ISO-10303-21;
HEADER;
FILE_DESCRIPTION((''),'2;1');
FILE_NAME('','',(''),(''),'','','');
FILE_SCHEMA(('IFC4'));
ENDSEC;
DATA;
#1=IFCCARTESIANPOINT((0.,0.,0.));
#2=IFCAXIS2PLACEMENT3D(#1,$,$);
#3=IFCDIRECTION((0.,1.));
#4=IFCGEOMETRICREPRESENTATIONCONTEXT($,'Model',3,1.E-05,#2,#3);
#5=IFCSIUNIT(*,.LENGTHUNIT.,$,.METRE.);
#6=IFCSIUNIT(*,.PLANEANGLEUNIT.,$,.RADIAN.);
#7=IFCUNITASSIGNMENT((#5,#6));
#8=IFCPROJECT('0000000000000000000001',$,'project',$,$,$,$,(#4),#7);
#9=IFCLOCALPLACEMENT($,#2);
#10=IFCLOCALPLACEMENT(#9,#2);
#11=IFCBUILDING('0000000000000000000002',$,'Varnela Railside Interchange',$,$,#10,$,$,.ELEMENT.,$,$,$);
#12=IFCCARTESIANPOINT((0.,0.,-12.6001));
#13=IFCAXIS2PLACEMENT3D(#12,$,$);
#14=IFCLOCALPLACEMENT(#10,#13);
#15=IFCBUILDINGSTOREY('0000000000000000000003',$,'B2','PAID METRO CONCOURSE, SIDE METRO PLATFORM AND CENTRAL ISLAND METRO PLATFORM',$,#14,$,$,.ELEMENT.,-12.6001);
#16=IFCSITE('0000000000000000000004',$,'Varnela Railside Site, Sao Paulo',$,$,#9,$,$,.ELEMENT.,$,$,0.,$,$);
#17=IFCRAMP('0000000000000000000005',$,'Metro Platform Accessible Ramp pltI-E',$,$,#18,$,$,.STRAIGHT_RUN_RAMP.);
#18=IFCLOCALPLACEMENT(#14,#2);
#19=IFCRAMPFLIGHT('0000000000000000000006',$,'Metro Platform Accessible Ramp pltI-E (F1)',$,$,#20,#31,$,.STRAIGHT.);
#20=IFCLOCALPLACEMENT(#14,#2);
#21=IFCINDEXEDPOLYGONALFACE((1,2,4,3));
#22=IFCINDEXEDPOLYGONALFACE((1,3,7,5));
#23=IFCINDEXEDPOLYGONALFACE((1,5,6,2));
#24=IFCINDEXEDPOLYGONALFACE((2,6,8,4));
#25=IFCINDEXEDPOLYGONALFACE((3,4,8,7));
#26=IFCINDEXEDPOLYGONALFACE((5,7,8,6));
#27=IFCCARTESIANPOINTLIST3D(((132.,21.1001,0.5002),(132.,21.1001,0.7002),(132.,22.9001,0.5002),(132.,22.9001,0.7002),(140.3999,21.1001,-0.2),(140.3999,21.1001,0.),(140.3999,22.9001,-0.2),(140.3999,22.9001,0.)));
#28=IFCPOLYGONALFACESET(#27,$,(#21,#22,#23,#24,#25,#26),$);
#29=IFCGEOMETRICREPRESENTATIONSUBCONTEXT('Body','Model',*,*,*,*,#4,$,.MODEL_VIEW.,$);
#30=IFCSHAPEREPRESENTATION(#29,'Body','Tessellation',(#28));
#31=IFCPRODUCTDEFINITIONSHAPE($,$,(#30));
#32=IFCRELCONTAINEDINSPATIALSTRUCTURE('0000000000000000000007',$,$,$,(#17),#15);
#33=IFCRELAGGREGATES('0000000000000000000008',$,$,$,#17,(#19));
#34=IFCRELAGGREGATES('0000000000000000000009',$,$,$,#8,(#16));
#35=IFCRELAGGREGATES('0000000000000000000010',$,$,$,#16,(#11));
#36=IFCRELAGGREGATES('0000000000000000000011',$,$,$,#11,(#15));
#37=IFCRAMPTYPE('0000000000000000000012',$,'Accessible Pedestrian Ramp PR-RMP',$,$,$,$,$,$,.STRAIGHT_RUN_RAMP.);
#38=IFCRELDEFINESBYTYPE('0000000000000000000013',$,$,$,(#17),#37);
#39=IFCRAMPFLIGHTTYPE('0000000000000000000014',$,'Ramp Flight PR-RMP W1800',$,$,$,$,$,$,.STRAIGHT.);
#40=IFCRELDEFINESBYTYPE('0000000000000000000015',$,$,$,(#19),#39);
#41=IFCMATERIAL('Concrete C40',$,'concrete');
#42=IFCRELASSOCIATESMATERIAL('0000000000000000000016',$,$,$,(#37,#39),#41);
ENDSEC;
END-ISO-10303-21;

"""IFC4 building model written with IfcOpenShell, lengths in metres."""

from ifc_helpers import new_model, si_unit, direction, frame, origin, place, context, subcontext, project, spatial, polyline, outline, extrude, material, type_object, element, aggregate, save


model = new_model("IFC4")

# Units and contexts
model_context = context("Model", 3, precision=1e-05, world=origin(), true_north=direction((0.0, 1.0)))
body_context = subcontext(model_context, "Body", "Model", "MODEL_VIEW")
ifc_project = project(units=[si_unit("LENGTHUNIT", "METRE"), si_unit("PLANEANGLEUNIT", "RADIAN")], contexts=[model_context])

# Site, building, storey
site_placement = place(None, origin())
site = spatial("IfcSite", under=ifc_project, at=site_placement, Name="Varnela Railside Site, Sao Paulo", CompositionType="ELEMENT", RefElevation=0.0)
building_placement = place(site_placement, origin())
building = spatial("IfcBuilding", under=site, at=building_placement, Name="Varnela Railside Interchange", CompositionType="ELEMENT")
storey_placement = place(building_placement, frame((0.0, 0.0, -12.6001)))
storey = spatial("IfcBuildingStorey", under=building, at=storey_placement, Name="B2", Description="PAID METRO CONCOURSE, SIDE METRO PLATFORM AND CENTRAL ISLAND METRO PLATFORM", CompositionType="ELEMENT", Elevation=-12.6001)

# Shared definitions
ifc_material_1 = material(Name="Concrete C40", Category="concrete")

# Ramp, ramp flight
ramp_type = type_object("IfcRampType", Name="Accessible Pedestrian Ramp PR-RMP", PredefinedType="STRAIGHT_RUN_RAMP", material=ifc_material_1)
ramp_placement = place(storey_placement, origin())
ramp = element("IfcRamp", 1, at=ramp_placement, inside=storey, type_object=ramp_type, Name="Metro Platform Accessible Ramp pltI-E", PredefinedType="STRAIGHT_RUN_RAMP")
ramp_flight_type = type_object("IfcRampFlightType", Name="Ramp Flight PR-RMP W1800", PredefinedType="STRAIGHT", material=ifc_material_1)
ramp_flight_placement = place(storey_placement, frame((140.3999, 22.0, 0.0), z_axis=(0.0, 0.0, 1.0), x_axis=(-1.0, 0.0, 0.0)))
ramp_flight = element("IfcRampFlight", 2, at=ramp_flight_placement, type_object=ramp_flight_type, Name="Metro Platform Accessible Ramp pltI-E (F1)", PredefinedType="STRAIGHT", context=body_context, shape_type="SweptSolid", body=[
    extrude(outline(polyline([(0.0, -0.2), (8.3999, 0.5002), (8.3999, 0.7002), (0.0, 0.0), (0.0, -0.2)])), frame((0.0, 0.8999, 0.0), z_axis=(0.0, -1.0, 0.0), x_axis=(1.0, 0.0, 0.0)), (0.0, 0.0, 1.0), 1.8),
])
aggregate(ramp, [ramp_flight])

save(model, "model.ifc")
